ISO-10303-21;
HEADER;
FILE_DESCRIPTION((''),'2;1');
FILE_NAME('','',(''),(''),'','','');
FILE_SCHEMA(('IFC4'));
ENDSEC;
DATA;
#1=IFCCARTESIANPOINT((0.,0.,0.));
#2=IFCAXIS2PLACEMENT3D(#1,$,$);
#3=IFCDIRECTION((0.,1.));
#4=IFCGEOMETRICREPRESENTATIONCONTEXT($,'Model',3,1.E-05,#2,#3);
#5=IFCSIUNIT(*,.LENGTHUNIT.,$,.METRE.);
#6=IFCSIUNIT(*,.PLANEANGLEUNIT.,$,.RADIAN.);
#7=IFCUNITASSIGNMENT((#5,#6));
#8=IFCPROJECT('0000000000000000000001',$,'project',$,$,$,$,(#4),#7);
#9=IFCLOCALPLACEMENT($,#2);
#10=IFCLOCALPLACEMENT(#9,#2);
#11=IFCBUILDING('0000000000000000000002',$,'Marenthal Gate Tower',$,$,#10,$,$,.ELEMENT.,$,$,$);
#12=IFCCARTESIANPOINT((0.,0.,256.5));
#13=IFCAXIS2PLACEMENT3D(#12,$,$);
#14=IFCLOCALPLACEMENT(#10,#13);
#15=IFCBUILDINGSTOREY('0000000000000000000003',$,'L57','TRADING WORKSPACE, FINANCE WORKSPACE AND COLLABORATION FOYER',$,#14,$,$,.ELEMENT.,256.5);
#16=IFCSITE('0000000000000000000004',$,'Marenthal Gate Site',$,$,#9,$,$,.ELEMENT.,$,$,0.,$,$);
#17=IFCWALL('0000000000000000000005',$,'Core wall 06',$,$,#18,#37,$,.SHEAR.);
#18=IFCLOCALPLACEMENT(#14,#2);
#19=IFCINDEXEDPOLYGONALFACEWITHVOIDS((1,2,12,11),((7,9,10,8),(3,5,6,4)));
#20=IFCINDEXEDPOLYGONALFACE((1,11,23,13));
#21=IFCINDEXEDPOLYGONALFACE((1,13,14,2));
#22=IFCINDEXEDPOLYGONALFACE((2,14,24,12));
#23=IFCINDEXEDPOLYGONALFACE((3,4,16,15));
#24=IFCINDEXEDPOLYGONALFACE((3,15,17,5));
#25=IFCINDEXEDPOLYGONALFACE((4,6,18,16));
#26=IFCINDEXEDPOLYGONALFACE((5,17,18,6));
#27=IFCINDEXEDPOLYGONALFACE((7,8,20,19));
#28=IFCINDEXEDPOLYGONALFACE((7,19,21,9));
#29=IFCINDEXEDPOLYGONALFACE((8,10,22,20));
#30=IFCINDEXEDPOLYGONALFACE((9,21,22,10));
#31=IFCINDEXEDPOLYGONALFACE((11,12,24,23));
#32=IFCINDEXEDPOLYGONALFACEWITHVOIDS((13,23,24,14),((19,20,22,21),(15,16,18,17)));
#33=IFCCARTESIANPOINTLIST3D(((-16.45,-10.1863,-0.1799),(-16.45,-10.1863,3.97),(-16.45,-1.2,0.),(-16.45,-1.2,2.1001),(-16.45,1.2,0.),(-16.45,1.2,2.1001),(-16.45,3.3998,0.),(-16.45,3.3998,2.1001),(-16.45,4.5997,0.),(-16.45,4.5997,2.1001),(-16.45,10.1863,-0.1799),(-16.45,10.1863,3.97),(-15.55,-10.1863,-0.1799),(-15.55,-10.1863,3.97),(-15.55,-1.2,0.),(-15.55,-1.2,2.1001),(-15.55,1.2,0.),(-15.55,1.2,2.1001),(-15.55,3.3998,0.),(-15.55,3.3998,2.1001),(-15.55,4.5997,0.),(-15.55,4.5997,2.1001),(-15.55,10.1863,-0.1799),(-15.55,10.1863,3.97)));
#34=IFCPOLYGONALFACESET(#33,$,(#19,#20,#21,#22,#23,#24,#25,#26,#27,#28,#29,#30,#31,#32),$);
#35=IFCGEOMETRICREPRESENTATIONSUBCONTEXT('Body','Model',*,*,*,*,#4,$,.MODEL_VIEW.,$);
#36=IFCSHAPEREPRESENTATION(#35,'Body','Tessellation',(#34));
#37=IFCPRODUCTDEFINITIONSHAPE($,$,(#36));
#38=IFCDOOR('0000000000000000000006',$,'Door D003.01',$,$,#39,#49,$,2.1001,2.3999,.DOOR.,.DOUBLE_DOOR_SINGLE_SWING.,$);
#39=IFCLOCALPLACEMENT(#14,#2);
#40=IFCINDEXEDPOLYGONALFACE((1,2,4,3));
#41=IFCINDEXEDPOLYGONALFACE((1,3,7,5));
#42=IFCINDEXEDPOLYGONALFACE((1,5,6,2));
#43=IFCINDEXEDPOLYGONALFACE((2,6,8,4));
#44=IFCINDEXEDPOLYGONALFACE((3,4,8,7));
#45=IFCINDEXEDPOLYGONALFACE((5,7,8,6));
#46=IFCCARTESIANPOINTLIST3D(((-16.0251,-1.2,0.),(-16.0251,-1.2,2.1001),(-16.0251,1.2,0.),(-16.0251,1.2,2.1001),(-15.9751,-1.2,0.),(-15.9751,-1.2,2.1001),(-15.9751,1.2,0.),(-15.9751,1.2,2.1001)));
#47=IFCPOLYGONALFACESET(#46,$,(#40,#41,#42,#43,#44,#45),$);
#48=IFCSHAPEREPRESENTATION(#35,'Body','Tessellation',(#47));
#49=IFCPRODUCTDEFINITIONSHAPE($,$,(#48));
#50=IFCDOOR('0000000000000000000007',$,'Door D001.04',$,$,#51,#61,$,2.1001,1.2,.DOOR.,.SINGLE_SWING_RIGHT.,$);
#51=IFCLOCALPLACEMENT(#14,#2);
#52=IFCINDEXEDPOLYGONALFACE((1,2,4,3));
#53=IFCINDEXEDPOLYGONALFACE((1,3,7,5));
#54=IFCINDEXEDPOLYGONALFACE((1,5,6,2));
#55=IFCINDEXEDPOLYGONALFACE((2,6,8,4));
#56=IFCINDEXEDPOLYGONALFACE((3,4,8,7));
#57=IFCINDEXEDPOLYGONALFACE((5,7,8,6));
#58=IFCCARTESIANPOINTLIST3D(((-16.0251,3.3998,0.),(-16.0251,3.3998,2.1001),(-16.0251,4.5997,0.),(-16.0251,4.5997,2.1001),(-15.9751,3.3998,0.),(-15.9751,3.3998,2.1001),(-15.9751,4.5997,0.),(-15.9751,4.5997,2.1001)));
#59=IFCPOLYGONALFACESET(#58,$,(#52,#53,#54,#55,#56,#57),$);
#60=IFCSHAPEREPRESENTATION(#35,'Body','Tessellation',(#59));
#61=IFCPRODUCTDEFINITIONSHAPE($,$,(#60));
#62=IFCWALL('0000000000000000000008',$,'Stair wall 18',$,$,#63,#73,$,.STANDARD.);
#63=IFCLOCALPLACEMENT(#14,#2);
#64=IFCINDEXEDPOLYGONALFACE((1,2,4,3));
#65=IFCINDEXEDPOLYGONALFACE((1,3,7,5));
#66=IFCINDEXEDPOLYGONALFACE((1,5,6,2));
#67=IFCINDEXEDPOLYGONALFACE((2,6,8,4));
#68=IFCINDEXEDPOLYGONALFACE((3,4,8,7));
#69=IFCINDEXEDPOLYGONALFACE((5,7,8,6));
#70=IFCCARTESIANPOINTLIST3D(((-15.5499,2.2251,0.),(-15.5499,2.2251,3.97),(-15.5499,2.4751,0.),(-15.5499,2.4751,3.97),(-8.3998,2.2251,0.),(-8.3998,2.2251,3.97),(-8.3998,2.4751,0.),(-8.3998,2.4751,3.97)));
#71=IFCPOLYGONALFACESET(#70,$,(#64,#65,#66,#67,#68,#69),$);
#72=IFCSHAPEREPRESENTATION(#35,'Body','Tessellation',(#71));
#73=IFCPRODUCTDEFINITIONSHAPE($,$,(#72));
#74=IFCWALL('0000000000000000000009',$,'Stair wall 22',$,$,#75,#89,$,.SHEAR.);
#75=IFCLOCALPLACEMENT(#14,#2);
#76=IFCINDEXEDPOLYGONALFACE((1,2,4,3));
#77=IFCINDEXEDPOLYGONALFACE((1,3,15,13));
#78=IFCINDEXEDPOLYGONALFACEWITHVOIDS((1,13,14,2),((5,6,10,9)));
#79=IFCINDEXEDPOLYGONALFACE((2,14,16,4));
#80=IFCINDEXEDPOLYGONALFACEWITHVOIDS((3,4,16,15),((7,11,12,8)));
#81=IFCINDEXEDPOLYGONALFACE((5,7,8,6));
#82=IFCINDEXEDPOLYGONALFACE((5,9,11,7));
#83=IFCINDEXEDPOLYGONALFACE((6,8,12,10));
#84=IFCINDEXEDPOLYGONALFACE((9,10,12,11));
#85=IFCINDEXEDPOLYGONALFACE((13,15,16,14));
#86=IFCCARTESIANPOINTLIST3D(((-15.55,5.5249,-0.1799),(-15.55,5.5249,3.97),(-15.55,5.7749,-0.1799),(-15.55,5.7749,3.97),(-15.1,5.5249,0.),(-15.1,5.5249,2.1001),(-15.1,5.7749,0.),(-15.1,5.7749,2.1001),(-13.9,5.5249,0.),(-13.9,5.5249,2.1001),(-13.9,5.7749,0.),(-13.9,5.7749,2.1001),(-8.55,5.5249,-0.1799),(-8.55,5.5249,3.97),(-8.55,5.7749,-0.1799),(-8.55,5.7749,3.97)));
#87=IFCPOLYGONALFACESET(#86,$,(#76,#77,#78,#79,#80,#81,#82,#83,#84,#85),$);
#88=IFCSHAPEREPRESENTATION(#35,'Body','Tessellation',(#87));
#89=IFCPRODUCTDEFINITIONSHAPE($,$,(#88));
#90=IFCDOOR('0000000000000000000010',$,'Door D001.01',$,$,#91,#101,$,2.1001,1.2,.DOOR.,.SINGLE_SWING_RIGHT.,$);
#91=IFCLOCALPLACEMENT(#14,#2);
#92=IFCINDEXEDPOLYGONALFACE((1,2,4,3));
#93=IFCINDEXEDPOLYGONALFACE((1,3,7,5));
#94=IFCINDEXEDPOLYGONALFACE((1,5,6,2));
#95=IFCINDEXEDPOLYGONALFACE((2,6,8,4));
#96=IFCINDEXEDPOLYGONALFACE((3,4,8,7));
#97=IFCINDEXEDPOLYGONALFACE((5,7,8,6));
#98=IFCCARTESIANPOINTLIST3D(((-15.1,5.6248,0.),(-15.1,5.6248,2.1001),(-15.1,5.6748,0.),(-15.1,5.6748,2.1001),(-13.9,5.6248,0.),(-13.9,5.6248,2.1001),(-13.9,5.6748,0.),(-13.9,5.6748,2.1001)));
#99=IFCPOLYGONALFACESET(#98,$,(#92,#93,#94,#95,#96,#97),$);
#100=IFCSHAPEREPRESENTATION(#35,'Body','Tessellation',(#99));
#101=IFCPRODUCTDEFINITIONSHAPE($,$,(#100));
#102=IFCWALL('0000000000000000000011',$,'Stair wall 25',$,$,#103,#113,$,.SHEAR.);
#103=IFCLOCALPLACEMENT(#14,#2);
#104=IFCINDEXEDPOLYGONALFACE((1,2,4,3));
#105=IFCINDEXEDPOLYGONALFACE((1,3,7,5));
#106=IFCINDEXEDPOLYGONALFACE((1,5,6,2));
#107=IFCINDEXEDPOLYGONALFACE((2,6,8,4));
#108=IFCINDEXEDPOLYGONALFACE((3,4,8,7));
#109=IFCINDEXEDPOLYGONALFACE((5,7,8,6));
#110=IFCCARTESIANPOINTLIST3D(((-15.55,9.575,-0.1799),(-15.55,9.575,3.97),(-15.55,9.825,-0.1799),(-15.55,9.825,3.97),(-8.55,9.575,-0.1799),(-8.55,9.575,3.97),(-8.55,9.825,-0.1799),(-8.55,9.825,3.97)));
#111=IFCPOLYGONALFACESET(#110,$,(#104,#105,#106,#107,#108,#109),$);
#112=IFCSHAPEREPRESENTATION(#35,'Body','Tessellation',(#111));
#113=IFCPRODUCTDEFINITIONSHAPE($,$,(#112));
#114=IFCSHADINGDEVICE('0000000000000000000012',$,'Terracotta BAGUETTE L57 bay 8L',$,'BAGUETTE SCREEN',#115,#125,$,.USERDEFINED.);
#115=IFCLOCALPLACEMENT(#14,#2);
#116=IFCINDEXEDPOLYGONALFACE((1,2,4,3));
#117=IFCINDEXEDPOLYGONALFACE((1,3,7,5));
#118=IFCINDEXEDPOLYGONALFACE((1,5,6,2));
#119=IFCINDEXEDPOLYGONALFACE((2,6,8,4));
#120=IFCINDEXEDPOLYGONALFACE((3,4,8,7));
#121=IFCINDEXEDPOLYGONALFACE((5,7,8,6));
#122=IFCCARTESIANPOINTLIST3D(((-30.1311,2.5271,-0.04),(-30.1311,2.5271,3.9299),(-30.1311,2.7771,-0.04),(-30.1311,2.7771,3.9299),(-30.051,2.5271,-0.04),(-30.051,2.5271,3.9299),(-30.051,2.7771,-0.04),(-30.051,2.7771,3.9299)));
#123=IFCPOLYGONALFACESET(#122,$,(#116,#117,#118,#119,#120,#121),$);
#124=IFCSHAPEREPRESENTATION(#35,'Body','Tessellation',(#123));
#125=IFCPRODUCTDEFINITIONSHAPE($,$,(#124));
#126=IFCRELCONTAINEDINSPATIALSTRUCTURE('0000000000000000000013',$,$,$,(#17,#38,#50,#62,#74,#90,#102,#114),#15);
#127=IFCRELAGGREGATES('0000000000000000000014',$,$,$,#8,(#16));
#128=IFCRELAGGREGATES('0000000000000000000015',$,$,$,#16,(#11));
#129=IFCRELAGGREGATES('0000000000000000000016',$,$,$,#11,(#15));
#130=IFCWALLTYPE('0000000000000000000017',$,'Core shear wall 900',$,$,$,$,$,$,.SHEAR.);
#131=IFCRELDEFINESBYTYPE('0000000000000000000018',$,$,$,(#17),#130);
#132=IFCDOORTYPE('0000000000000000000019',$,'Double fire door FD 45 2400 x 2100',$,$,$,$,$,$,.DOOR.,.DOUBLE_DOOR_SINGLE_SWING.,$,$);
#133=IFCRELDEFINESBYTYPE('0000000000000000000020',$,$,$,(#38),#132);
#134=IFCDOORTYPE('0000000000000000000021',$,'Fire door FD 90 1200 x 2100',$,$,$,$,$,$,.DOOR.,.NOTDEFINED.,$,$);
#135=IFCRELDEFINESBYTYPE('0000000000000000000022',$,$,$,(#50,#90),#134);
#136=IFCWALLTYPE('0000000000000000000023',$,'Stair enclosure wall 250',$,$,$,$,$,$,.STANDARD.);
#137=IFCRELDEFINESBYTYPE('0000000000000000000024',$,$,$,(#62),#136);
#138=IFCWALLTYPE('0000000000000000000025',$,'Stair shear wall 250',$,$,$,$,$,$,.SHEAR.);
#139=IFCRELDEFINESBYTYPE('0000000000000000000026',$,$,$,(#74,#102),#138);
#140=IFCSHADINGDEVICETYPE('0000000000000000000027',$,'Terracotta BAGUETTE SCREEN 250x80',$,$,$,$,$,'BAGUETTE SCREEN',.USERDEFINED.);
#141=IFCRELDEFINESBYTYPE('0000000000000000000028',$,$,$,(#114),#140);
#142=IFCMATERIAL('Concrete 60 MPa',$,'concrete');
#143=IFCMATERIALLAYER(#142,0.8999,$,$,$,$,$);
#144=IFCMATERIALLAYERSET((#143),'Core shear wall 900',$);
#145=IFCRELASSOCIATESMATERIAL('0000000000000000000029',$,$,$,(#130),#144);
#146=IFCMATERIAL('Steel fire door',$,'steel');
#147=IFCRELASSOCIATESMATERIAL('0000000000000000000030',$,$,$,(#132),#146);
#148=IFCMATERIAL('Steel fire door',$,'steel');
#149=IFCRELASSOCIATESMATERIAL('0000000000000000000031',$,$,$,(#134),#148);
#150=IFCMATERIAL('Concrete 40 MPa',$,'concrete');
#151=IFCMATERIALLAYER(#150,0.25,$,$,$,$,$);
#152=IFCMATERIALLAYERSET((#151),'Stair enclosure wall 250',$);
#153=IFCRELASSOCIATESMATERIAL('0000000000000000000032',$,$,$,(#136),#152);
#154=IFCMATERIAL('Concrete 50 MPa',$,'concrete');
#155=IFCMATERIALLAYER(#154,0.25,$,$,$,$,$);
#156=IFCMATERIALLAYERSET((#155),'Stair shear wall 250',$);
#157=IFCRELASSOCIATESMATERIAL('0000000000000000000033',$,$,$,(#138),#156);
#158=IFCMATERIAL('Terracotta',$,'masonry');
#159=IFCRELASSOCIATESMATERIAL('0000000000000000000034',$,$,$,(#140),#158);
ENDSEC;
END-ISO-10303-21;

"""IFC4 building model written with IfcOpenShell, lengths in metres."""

from ifc_helpers import new_model, si_unit, direction, frame, frame_2d, origin, origin_2d, place, context, subcontext, project, spatial, rectangle, extrude, material, layer, layer_set, material_profile, profile_set, type_object, element, fill, save


model = new_model("IFC4")

# Units and contexts
model_context = context("Model", 3, precision=1e-05, world=origin(), true_north=direction((0.0, 1.0)))
body_context = subcontext(model_context, "Body", "Model", "MODEL_VIEW")
ifc_project = project(units=[si_unit("LENGTHUNIT", "METRE"), si_unit("PLANEANGLEUNIT", "RADIAN")], contexts=[model_context])

# Site, building, storey
site_placement = place(None, origin())
site = spatial("IfcSite", under=ifc_project, at=site_placement, Name="Marenthal Gate Site", CompositionType="ELEMENT", RefElevation=0.0)
building_placement = place(site_placement, origin())
building = spatial("IfcBuilding", under=site, at=building_placement, Name="Marenthal Gate Tower", CompositionType="ELEMENT")
storey_placement = place(building_placement, frame((0.0, 0.0, 256.5)))
storey = spatial("IfcBuildingStorey", under=building, at=storey_placement, Name="L57", Description="TRADING WORKSPACE, FINANCE WORKSPACE AND COLLABORATION FOYER", CompositionType="ELEMENT", Elevation=256.5)

# Wall, openings, doors
ifc_material_1 = material(Name="Concrete 60 MPa", Category="concrete")
ifc_layer_1 = layer(ifc_material_1, 0.8999)
ifc_layer_set_1 = layer_set([ifc_layer_1], Name="Core shear wall 900")
wall_type_1 = type_object("IfcWallType", Name="Core shear wall 900", PredefinedType="SHEAR", material=ifc_layer_set_1)
wall_1_placement = place(storey_placement, frame((-16.0, 10.1863, -0.1799), z_axis=(0.0, 0.0, 1.0), x_axis=(0.0, -1.0, 0.0)))
wall_1 = element("IfcWall", 1, at=wall_1_placement, inside=storey, type_object=wall_type_1, Name="Core wall 06", PredefinedType="SHEAR", context=body_context, shape_type="SweptSolid", body=[
    extrude(rectangle(XDim=20.3726, YDim=0.8999, at=frame_2d((10.1863, 0.0))), origin(), (0.0, 0.0, 1.0), 4.1499),
])
opening_1_placement = place(wall_1_placement, frame((8.9863, 0.0, 0.1799)))
opening_1 = element("IfcOpeningElement", 2, at=opening_1_placement, cuts=wall_1, PredefinedType="OPENING", context=body_context, shape_type="SweptSolid", body=[
    extrude(rectangle(XDim=2.3999, YDim=2.1001, at=frame_2d((1.2, 1.05))), frame((0.0, 0.46, 0.0), z_axis=(0.0, -1.0, 0.0), x_axis=(1.0, 0.0, 0.0)), (0.0, 0.0, 1.0), 0.9199),
])
opening_2_placement = place(wall_1_placement, frame((5.5864, 0.0, 0.1799)))
opening_2 = element("IfcOpeningElement", 3, at=opening_2_placement, cuts=wall_1, PredefinedType="OPENING", context=body_context, shape_type="SweptSolid", body=[
    extrude(rectangle(XDim=1.2, YDim=2.1001, at=frame_2d((0.6001, 1.05))), frame((0.0, 0.46, 0.0), z_axis=(0.0, -1.0, 0.0), x_axis=(1.0, 0.0, 0.0)), (0.0, 0.0, 1.0), 0.9199),
])
ifc_material_2 = material(Name="Steel fire door", Category="steel")
door_type_1 = type_object("IfcDoorType", Name="Double fire door FD 45 2400 x 2100", OperationType="DOUBLE_DOOR_SINGLE_SWING", PredefinedType="DOOR", material=ifc_material_2)
door_1_placement = place(opening_1_placement, origin())
door_1 = element("IfcDoor", 4, at=door_1_placement, inside=storey, type_object=door_type_1, Name="Door D003.01", OperationType="DOUBLE_DOOR_SINGLE_SWING", OverallHeight=2.1001, OverallWidth=2.3999, PredefinedType="DOOR", context=body_context, shape_type="SweptSolid", body=[
    extrude(rectangle(XDim=2.3999, YDim=2.1001, at=frame_2d((1.2, 1.05))), frame((0.0, 0.0249, 0.0), z_axis=(0.0, -1.0, 0.0), x_axis=(1.0, 0.0, 0.0)), (0.0, 0.0, 1.0), 0.05),
])
fill(opening_1, door_1)
ifc_material_3 = material(Name="Steel fire door", Category="steel")
door_type_2 = type_object("IfcDoorType", Name="Fire door FD 90 1200 x 2100", OperationType="NOTDEFINED", PredefinedType="DOOR", material=ifc_material_3)
door_2_placement = place(opening_2_placement, origin())
door_2 = element("IfcDoor", 5, at=door_2_placement, inside=storey, type_object=door_type_2, Name="Door D001.04", OperationType="SINGLE_SWING_RIGHT", OverallHeight=2.1001, OverallWidth=1.2, PredefinedType="DOOR", context=body_context, shape_type="SweptSolid", body=[
    extrude(rectangle(XDim=1.2, YDim=2.1001, at=frame_2d((0.6001, 1.05))), frame((0.0, 0.0249, 0.0), z_axis=(0.0, -1.0, 0.0), x_axis=(1.0, 0.0, 0.0)), (0.0, 0.0, 1.0), 0.05),
])
fill(opening_2, door_2)

# Wall
ifc_material_4 = material(Name="Concrete 40 MPa", Category="concrete")
ifc_layer_2 = layer(ifc_material_4, 0.25)
ifc_layer_set_2 = layer_set([ifc_layer_2], Name="Stair enclosure wall 250")
wall_type_2 = type_object("IfcWallType", Name="Stair enclosure wall 250", PredefinedType="STANDARD", material=ifc_layer_set_2)
wall_2_placement = place(storey_placement, frame((-15.55, 2.3501, 0.0), z_axis=(0.0, 0.0, 1.0), x_axis=(1.0, 0.0, 0.0)))
element("IfcWall", 6, at=wall_2_placement, inside=storey, type_object=wall_type_2, Name="Stair wall 18", PredefinedType="STANDARD", context=body_context, shape_type="SweptSolid", body=[
    extrude(rectangle(XDim=7.1501, YDim=0.25, at=frame_2d((3.5752, 0.0))), origin(), (0.0, 0.0, 1.0), 3.97),
])

# Wall, opening, door
ifc_material_5 = material(Name="Concrete 50 MPa", Category="concrete")
ifc_layer_3 = layer(ifc_material_5, 0.25)
ifc_layer_set_3 = layer_set([ifc_layer_3], Name="Stair shear wall 250")
wall_type_3 = type_object("IfcWallType", Name="Stair shear wall 250", PredefinedType="SHEAR", material=ifc_layer_set_3)
wall_3_placement = place(storey_placement, frame((-15.55, 5.6499, -0.1799), z_axis=(0.0, 0.0, 1.0), x_axis=(1.0, 0.0, 0.0)))
wall_3 = element("IfcWall", 7, at=wall_3_placement, inside=storey, type_object=wall_type_3, Name="Stair wall 22", PredefinedType="SHEAR", context=body_context, shape_type="SweptSolid", body=[
    extrude(rectangle(XDim=7.0, YDim=0.25, at=frame_2d((3.5, 0.0))), origin(), (0.0, 0.0, 1.0), 4.1499),
])
opening_3_placement = place(wall_3_placement, frame((0.45, 0.0, 0.1799)))
opening_3 = element("IfcOpeningElement", 8, at=opening_3_placement, cuts=wall_3, PredefinedType="OPENING", context=body_context, shape_type="SweptSolid", body=[
    extrude(rectangle(XDim=1.2, YDim=2.1001, at=frame_2d((0.6001, 1.05))), frame((0.0, 0.135, 0.0), z_axis=(0.0, -1.0, 0.0), x_axis=(1.0, 0.0, 0.0)), (0.0, 0.0, 1.0), 0.27),
])
door_3_placement = place(opening_3_placement, origin())
door_3 = element("IfcDoor", 9, at=door_3_placement, inside=storey, type_object=door_type_2, Name="Door D001.01", OperationType="SINGLE_SWING_RIGHT", OverallHeight=2.1001, OverallWidth=1.2, PredefinedType="DOOR", context=body_context, shape_type="SweptSolid", body=[
    extrude(rectangle(XDim=1.2, YDim=2.1001, at=frame_2d((0.6001, 1.05))), frame((0.0, 0.0249, 0.0), z_axis=(0.0, -1.0, 0.0), x_axis=(1.0, 0.0, 0.0)), (0.0, 0.0, 1.0), 0.05),
])
fill(opening_3, door_3)

# Wall
wall_4_placement = place(storey_placement, frame((-15.55, 9.7, -0.1799), z_axis=(0.0, 0.0, 1.0), x_axis=(1.0, 0.0, 0.0)))
element("IfcWall", 10, at=wall_4_placement, inside=storey, type_object=wall_type_3, Name="Stair wall 25", PredefinedType="SHEAR", context=body_context, shape_type="SweptSolid", body=[
    extrude(rectangle(XDim=7.0, YDim=0.25, at=frame_2d((3.5, 0.0))), origin(), (0.0, 0.0, 1.0), 4.1499),
])

# Shading device
ifc_material_6 = material(Name="Terracotta", Category="masonry")
ifc_material_profile_1 = material_profile(ifc_material_6, rectangle(XDim=0.25, YDim=0.0801, at=origin_2d()), Name="Terracotta baguette 250x80")
ifc_profile_set_1 = profile_set([ifc_material_profile_1], Name="Terracotta")
shading_device_type = type_object("IfcShadingDeviceType", Name="Terracotta BAGUETTE SCREEN 250x80", ElementType="BAGUETTE SCREEN", PredefinedType="USERDEFINED", material=ifc_profile_set_1)
shading_device_placement = place(storey_placement, frame((-30.0911, 2.6521, -0.04), z_axis=(0.0, 0.0, 1.0), x_axis=(0.0, -1.0, 0.0)))
element("IfcShadingDevice", 11, at=shading_device_placement, inside=storey, type_object=shading_device_type, Name="Terracotta BAGUETTE L57 bay 8L", ObjectType="BAGUETTE SCREEN", PredefinedType="USERDEFINED", context=body_context, shape_type="SweptSolid", body=[
    extrude(rectangle(XDim=0.25, YDim=0.0801, at=origin_2d()), origin(), (0.0, 0.0, 1.0), 3.97),
])

save(model, "model.ifc")
